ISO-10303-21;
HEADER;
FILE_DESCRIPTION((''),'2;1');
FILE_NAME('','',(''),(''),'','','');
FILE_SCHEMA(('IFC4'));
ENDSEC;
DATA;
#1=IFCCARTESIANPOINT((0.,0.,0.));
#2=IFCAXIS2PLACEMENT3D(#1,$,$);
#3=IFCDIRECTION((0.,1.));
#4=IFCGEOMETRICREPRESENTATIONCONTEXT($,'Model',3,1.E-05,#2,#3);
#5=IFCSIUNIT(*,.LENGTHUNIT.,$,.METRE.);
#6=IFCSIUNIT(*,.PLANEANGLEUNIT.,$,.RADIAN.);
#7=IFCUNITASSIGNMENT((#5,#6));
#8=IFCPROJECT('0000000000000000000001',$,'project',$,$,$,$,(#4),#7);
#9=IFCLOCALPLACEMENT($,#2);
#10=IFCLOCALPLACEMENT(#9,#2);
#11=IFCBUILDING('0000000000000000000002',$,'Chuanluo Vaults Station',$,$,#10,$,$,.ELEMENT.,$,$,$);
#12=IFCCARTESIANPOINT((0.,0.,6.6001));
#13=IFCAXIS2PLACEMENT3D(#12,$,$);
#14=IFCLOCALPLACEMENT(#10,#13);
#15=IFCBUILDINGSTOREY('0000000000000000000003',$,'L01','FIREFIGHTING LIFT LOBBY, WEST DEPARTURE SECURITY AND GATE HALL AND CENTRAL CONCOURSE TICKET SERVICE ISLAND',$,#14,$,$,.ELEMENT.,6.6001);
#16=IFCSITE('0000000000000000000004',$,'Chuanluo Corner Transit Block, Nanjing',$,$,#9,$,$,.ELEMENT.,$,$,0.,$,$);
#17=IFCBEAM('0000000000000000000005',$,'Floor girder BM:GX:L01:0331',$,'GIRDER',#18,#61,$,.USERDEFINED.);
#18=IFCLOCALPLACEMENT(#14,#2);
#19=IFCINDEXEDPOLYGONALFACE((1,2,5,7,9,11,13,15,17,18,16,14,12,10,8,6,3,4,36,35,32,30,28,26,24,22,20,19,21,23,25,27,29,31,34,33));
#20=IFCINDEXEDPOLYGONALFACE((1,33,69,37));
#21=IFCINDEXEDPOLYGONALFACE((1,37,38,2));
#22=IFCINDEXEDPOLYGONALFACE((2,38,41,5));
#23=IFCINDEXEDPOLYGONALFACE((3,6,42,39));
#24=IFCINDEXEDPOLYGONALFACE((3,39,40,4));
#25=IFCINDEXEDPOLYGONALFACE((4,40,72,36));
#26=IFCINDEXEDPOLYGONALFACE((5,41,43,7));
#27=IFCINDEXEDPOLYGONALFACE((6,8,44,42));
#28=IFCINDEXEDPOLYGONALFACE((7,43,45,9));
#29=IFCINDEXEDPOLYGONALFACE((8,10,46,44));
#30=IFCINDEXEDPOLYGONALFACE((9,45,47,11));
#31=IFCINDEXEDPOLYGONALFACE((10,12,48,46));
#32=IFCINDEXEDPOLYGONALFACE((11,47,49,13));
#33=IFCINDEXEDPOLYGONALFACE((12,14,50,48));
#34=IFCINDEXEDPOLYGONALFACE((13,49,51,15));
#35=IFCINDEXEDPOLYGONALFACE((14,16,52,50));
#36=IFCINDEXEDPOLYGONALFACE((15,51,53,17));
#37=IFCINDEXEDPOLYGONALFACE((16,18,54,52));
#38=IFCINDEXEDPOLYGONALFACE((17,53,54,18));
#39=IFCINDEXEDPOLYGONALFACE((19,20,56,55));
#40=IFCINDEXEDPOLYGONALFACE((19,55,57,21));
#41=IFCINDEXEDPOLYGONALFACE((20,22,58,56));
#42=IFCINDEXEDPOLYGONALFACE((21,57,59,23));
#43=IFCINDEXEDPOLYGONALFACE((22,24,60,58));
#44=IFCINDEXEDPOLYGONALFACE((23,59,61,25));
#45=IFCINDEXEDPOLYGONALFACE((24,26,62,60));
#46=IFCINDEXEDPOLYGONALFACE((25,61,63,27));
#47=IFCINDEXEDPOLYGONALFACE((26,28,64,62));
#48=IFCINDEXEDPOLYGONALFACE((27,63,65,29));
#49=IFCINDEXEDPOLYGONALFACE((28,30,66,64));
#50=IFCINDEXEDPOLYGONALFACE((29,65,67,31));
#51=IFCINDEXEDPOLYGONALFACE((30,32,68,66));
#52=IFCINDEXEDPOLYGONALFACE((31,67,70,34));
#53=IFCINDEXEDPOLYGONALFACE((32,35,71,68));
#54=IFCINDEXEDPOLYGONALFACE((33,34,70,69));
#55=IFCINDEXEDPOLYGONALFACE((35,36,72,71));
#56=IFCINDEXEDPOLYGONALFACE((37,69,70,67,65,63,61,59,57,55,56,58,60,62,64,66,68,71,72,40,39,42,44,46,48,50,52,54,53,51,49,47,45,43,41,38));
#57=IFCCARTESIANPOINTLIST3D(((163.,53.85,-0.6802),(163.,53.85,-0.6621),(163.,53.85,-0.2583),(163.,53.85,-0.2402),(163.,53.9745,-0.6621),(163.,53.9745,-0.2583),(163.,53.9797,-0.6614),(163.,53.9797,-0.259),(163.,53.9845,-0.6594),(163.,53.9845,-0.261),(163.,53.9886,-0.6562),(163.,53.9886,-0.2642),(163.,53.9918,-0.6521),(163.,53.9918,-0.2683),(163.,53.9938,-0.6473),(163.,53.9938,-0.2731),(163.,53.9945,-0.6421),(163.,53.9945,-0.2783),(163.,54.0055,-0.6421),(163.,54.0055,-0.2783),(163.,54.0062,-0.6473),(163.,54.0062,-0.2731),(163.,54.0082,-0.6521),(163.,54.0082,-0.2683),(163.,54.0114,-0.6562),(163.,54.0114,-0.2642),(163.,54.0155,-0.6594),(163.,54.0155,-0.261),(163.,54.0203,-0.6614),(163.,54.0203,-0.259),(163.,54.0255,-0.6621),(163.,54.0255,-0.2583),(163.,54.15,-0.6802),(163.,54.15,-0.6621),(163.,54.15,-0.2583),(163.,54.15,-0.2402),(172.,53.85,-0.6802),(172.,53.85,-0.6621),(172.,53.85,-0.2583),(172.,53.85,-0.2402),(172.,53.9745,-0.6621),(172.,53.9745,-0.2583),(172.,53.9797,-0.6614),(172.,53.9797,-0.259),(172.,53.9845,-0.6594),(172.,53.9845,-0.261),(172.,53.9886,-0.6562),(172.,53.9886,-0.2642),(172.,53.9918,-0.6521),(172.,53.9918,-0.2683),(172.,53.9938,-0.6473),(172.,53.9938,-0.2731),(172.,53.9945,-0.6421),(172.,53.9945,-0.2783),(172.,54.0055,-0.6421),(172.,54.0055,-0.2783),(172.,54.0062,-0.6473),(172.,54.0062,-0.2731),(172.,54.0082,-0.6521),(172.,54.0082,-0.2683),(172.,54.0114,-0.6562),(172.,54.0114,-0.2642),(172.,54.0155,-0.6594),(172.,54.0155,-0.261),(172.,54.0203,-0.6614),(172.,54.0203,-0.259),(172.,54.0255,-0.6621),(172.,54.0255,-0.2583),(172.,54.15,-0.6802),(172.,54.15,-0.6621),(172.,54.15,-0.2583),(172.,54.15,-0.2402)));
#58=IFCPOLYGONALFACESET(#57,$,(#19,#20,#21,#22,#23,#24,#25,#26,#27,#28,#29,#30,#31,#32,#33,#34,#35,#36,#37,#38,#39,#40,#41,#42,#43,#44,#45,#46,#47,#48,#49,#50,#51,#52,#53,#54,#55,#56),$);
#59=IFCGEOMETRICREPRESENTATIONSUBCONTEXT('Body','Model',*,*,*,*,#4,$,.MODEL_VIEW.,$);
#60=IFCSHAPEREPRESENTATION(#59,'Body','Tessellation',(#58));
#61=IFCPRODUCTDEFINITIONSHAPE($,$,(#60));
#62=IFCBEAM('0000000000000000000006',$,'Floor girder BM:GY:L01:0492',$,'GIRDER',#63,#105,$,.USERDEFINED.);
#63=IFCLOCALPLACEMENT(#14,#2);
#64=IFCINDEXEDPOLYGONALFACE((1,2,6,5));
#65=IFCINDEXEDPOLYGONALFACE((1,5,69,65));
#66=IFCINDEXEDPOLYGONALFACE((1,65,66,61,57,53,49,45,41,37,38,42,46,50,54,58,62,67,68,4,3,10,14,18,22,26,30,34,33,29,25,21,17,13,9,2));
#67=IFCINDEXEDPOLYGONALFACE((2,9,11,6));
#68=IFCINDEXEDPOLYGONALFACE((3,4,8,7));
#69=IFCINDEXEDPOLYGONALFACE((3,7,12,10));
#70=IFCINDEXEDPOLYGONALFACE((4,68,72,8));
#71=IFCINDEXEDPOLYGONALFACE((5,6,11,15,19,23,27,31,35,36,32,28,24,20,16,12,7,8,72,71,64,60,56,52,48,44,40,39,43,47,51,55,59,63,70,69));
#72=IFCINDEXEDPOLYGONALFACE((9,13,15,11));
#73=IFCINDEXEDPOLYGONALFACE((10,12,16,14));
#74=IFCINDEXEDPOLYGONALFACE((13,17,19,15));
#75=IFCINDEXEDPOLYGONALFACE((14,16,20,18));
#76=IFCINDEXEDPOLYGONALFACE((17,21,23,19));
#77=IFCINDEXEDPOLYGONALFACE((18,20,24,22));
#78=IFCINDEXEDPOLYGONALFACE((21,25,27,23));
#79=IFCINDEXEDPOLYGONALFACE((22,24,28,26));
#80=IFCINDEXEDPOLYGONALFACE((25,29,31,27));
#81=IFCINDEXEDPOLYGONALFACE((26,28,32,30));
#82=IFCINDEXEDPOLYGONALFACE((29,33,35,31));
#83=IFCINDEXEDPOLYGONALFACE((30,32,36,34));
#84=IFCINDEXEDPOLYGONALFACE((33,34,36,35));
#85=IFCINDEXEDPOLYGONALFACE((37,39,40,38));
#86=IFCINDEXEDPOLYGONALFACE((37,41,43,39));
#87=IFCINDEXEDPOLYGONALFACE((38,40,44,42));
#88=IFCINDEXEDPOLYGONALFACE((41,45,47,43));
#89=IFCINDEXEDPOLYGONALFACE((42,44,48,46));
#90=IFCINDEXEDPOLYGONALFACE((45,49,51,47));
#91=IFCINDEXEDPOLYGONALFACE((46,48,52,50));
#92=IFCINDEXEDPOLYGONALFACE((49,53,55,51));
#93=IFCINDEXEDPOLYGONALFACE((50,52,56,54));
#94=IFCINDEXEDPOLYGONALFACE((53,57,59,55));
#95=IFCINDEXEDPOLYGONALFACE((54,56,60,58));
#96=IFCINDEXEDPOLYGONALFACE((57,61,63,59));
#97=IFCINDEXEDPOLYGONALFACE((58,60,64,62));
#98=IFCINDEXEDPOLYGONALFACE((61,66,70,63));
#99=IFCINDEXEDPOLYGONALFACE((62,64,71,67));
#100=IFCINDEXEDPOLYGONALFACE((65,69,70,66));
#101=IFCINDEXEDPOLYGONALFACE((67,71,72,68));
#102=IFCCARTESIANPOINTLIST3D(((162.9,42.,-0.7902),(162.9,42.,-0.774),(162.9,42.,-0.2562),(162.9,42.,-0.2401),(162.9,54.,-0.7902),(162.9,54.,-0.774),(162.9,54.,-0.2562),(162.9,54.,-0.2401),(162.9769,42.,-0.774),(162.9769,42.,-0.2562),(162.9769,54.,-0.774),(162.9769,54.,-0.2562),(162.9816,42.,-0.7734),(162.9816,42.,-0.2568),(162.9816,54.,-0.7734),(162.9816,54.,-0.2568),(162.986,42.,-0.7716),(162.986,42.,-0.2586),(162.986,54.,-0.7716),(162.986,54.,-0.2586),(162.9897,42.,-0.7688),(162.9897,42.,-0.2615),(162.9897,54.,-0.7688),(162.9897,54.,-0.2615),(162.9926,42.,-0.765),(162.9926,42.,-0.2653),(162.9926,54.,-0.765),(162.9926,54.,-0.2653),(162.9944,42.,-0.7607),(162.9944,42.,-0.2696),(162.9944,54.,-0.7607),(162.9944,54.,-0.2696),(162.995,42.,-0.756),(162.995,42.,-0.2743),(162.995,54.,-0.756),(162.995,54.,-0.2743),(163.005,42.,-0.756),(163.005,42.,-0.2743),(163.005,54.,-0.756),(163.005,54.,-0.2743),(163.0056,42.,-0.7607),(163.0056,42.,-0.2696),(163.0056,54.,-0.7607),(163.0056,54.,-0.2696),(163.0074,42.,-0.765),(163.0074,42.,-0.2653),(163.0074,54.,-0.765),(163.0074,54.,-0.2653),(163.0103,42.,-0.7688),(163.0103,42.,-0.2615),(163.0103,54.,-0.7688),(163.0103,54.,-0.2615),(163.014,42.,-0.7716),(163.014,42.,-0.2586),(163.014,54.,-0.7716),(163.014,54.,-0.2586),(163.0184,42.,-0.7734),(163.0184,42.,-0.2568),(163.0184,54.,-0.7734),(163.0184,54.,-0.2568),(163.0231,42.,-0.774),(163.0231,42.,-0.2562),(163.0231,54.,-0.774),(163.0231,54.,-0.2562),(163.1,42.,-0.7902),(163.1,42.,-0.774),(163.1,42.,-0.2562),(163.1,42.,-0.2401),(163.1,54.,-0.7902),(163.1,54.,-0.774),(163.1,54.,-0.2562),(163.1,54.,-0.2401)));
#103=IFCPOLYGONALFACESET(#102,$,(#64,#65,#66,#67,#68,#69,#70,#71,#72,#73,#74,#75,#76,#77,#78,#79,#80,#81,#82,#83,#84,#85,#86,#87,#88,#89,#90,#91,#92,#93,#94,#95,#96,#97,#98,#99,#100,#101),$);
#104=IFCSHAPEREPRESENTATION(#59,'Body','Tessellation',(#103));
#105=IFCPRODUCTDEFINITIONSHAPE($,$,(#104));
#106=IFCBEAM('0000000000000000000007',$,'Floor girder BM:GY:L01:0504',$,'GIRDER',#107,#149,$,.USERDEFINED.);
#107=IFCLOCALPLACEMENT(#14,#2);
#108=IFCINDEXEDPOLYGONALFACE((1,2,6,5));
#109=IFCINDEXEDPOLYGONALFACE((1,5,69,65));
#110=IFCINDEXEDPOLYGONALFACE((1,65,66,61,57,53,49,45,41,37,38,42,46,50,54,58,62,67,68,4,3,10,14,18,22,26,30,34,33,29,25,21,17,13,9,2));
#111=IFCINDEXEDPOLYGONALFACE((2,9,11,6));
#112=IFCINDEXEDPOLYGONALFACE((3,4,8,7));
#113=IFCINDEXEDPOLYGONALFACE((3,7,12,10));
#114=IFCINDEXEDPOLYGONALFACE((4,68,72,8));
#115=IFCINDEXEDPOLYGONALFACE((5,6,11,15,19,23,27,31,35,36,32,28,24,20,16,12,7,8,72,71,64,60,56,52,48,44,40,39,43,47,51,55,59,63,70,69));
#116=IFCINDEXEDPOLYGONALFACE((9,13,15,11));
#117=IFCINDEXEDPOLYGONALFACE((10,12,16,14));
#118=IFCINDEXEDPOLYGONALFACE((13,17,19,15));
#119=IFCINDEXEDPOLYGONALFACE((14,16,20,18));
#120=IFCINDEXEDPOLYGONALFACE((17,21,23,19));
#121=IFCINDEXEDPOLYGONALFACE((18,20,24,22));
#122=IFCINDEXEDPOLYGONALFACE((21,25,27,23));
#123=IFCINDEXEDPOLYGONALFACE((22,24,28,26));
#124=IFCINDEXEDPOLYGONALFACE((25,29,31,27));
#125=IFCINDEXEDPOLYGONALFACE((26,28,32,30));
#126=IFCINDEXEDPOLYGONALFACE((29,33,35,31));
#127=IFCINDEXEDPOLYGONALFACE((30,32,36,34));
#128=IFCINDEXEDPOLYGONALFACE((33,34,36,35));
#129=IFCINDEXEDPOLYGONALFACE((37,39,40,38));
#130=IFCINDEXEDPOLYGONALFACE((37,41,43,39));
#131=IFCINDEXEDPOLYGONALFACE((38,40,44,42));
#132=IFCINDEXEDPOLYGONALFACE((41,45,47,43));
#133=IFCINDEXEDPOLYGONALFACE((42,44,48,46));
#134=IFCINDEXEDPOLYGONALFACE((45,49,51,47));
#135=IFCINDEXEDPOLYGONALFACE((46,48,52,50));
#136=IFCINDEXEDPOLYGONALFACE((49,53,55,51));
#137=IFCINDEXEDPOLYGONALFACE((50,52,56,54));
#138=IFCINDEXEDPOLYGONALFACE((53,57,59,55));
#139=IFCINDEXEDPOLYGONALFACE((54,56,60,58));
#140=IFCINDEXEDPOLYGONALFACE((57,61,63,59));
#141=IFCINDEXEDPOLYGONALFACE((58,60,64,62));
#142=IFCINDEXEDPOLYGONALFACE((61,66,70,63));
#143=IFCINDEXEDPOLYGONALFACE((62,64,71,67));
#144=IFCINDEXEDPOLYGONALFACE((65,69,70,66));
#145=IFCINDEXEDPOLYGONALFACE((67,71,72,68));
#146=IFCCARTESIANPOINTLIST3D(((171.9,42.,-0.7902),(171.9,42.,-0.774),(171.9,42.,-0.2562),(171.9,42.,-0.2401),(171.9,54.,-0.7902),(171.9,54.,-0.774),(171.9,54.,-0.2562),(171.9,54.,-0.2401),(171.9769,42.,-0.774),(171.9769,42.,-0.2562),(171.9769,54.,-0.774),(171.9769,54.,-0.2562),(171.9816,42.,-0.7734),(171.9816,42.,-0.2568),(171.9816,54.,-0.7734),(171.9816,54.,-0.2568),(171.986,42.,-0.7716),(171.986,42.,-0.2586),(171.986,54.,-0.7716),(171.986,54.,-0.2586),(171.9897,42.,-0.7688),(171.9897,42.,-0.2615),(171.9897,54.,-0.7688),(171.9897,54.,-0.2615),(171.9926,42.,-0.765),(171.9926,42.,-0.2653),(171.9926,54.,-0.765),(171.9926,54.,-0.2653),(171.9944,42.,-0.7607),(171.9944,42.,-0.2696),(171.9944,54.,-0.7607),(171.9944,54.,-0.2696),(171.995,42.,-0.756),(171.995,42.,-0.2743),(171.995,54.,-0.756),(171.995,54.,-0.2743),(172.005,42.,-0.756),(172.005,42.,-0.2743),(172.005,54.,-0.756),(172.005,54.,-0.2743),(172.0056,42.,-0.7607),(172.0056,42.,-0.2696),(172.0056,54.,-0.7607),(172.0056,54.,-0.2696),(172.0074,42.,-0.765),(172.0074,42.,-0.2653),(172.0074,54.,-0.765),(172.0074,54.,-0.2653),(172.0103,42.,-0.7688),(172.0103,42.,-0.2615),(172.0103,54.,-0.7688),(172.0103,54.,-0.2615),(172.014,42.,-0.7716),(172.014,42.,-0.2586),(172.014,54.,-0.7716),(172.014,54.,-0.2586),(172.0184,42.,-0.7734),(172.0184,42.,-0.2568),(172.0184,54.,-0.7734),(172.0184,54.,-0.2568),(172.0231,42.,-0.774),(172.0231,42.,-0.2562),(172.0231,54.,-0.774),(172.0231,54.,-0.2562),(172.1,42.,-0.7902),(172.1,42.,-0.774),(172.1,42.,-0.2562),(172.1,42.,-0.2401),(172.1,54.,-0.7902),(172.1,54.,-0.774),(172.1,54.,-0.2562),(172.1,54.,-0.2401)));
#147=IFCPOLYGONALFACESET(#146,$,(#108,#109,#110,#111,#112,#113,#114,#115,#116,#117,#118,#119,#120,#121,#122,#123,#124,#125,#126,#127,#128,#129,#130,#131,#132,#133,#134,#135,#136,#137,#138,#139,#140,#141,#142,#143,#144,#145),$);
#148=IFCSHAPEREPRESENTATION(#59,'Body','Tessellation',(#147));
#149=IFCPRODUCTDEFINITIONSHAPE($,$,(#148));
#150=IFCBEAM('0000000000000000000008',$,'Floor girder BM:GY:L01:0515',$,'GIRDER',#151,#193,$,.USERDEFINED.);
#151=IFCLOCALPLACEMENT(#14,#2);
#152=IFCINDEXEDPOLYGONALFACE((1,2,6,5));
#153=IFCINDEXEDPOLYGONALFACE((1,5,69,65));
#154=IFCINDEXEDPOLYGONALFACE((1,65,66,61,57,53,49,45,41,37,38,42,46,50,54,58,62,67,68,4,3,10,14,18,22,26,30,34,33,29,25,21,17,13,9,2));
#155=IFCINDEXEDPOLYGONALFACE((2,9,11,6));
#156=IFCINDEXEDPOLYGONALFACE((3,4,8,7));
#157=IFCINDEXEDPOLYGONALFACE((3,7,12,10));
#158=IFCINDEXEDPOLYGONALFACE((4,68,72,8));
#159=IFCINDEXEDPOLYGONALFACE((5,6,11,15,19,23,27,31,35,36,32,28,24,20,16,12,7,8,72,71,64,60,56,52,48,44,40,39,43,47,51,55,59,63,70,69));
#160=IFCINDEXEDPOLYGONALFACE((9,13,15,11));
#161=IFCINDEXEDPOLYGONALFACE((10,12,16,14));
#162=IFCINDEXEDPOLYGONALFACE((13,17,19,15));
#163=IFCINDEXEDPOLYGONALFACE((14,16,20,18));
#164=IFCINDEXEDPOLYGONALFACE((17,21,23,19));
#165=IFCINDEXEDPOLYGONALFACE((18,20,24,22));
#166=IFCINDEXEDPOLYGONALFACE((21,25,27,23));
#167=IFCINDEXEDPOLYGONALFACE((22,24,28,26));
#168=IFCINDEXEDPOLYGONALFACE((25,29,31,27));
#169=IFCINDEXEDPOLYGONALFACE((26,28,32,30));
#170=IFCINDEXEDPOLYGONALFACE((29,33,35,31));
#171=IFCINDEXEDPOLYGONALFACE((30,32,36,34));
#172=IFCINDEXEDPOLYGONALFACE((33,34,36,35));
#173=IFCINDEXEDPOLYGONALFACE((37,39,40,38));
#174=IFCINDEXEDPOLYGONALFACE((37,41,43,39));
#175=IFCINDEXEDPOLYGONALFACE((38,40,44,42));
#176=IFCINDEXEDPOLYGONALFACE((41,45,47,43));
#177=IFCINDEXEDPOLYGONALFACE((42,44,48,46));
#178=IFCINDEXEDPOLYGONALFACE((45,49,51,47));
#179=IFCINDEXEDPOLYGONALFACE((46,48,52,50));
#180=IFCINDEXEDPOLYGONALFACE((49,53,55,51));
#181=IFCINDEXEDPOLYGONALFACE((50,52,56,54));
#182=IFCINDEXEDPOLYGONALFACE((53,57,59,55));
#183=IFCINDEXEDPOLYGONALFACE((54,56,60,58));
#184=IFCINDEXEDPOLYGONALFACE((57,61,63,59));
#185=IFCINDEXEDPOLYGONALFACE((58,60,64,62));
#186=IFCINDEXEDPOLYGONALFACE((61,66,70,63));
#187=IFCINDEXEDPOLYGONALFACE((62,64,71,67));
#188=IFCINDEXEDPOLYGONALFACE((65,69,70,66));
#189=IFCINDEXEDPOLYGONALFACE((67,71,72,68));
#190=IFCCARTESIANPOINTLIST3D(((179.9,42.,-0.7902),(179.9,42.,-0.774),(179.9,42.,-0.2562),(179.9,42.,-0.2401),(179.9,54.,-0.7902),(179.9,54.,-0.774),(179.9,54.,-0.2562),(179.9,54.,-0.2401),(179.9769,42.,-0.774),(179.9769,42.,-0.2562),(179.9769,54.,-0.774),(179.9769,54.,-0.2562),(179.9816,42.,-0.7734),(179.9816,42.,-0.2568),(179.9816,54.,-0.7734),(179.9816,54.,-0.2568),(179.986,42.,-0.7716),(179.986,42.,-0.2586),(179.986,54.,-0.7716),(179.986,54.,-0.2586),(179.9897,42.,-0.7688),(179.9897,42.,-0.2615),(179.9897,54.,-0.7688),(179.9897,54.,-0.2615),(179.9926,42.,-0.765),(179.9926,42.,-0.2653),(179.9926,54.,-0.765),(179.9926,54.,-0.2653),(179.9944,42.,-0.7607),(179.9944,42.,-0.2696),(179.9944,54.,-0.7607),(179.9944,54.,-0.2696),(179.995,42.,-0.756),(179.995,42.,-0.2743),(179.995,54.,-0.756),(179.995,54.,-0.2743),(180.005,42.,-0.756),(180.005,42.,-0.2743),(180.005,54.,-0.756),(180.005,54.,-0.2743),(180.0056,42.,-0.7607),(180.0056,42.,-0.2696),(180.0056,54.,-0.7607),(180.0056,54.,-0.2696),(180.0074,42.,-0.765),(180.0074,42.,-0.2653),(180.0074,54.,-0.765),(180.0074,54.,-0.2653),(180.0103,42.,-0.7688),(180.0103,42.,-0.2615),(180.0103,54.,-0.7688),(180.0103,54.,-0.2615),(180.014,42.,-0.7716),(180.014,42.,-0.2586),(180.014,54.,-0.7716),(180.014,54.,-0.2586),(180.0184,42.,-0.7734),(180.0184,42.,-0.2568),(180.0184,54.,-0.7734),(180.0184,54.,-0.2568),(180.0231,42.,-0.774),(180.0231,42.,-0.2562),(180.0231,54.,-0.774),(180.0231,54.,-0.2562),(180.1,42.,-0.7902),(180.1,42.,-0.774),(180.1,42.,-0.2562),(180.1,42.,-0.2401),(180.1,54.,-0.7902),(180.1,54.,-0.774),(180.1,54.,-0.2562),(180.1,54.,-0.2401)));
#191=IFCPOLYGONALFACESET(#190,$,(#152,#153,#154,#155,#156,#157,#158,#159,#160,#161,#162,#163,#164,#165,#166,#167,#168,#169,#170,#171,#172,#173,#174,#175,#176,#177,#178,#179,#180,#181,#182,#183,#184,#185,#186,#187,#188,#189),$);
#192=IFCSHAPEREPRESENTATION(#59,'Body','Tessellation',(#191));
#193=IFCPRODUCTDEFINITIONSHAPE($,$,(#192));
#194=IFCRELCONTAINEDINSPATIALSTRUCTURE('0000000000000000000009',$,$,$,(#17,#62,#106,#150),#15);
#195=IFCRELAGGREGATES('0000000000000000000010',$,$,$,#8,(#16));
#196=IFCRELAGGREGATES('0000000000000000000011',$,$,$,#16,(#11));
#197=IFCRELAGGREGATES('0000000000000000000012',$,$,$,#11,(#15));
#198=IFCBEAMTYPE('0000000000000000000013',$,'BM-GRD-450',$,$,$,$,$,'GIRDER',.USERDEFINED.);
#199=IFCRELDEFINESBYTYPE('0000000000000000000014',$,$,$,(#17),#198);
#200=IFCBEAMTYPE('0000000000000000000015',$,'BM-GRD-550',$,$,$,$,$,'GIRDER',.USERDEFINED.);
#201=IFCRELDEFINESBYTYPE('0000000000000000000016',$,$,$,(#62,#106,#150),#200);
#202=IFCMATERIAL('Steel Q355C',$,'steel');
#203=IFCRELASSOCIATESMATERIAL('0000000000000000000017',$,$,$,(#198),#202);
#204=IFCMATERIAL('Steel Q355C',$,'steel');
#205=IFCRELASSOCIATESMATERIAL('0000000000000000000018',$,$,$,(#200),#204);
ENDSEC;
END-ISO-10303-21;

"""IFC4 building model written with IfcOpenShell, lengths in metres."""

from ifc_helpers import new_model, si_unit, direction, frame, origin, origin_2d, place, context, subcontext, project, spatial, i_section, extrude, material, material_profile, profile_set, type_object, element, save


model = new_model("IFC4")

# Units and contexts
model_context = context("Model", 3, precision=1e-05, world=origin(), true_north=direction((0.0, 1.0)))
body_context = subcontext(model_context, "Body", "Model", "MODEL_VIEW")
ifc_project = project(units=[si_unit("LENGTHUNIT", "METRE"), si_unit("PLANEANGLEUNIT", "RADIAN")], contexts=[model_context])

# Site, building, storey
site_placement = place(None, origin())
site = spatial("IfcSite", under=ifc_project, at=site_placement, Name="Chuanluo Corner Transit Block, Nanjing", CompositionType="ELEMENT", RefElevation=0.0)
building_placement = place(site_placement, origin())
building = spatial("IfcBuilding", under=site, at=building_placement, Name="Chuanluo Vaults Station", CompositionType="ELEMENT")
storey_placement = place(building_placement, frame((0.0, 0.0, 6.6001)))
storey = spatial("IfcBuildingStorey", under=building, at=storey_placement, Name="L01", Description="FIREFIGHTING LIFT LOBBY, WEST DEPARTURE SECURITY AND GATE HALL AND CENTRAL CONCOURSE TICKET SERVICE ISLAND", CompositionType="ELEMENT", Elevation=6.6001)

# Beams
ifc_material_1 = material(Name="Steel Q355C", Category="steel")
ifc_material_profile_1 = material_profile(ifc_material_1, i_section(OverallWidth=0.3, OverallDepth=0.4399, WebThickness=0.011, FlangeThickness=0.0181, FilletRadius=0.02, at=origin_2d()))
ifc_profile_set_1 = profile_set([ifc_material_profile_1], Name="Steel Q355C")
beam_type_1 = type_object("IfcBeamType", Name="BM-GRD-450", ElementType="GIRDER", PredefinedType="USERDEFINED", material=ifc_profile_set_1)
beam_1_placement = place(storey_placement, frame((163.0, 54.0, -0.4602), z_axis=(1.0, 0.0, 0.0), x_axis=(0.0, 1.0, 0.0)))
element("IfcBeam", 1, at=beam_1_placement, inside=storey, type_object=beam_type_1, Name="Floor girder BM:GX:L01:0331", ObjectType="GIRDER", PredefinedType="USERDEFINED", context=body_context, shape_type="SweptSolid", body=[
    extrude(i_section(OverallWidth=0.3, OverallDepth=0.4399, WebThickness=0.011, FlangeThickness=0.0181, FilletRadius=0.02, at=origin_2d()), origin(), (0.0, 0.0, 1.0), 9.0),
])
ifc_material_2 = material(Name="Steel Q355C", Category="steel")
ifc_material_profile_2 = material_profile(ifc_material_2, i_section(OverallWidth=0.2, OverallDepth=0.55, WebThickness=0.01, FlangeThickness=0.0161, FilletRadius=0.0181, at=origin_2d()))
ifc_profile_set_2 = profile_set([ifc_material_profile_2], Name="Steel Q355C")
beam_type_2 = type_object("IfcBeamType", Name="BM-GRD-550", ElementType="GIRDER", PredefinedType="USERDEFINED", material=ifc_profile_set_2)
for number, where, z_axis, x_axis, name in (
    (2, (163.0, 42.0, -0.5151), (0.0, 1.0, 0.0), (-1.0, 0.0, 0.0), "Floor girder BM:GY:L01:0492"),
    (3, (172.0, 42.0, -0.5151), (0.0, 1.0, 0.0), (-1.0, 0.0, 0.0), "Floor girder BM:GY:L01:0504"),
    (4, (180.0, 42.0, -0.5151), (0.0, 1.0, 0.0), (-1.0, 0.0, 0.0), "Floor girder BM:GY:L01:0515"),
):
    element("IfcBeam", number, at=place(storey_placement, frame(where, z_axis=z_axis, x_axis=x_axis)), inside=storey, type_object=beam_type_2, Name=name, ObjectType="GIRDER", PredefinedType="USERDEFINED", context=body_context, shape_type="SweptSolid", body=[
        extrude(i_section(OverallWidth=0.2, OverallDepth=0.55, WebThickness=0.01, FlangeThickness=0.0161, FilletRadius=0.0181, at=origin_2d()), origin(), (0.0, 0.0, 1.0), 12.0),
    ])

save(model, "model.ifc")
